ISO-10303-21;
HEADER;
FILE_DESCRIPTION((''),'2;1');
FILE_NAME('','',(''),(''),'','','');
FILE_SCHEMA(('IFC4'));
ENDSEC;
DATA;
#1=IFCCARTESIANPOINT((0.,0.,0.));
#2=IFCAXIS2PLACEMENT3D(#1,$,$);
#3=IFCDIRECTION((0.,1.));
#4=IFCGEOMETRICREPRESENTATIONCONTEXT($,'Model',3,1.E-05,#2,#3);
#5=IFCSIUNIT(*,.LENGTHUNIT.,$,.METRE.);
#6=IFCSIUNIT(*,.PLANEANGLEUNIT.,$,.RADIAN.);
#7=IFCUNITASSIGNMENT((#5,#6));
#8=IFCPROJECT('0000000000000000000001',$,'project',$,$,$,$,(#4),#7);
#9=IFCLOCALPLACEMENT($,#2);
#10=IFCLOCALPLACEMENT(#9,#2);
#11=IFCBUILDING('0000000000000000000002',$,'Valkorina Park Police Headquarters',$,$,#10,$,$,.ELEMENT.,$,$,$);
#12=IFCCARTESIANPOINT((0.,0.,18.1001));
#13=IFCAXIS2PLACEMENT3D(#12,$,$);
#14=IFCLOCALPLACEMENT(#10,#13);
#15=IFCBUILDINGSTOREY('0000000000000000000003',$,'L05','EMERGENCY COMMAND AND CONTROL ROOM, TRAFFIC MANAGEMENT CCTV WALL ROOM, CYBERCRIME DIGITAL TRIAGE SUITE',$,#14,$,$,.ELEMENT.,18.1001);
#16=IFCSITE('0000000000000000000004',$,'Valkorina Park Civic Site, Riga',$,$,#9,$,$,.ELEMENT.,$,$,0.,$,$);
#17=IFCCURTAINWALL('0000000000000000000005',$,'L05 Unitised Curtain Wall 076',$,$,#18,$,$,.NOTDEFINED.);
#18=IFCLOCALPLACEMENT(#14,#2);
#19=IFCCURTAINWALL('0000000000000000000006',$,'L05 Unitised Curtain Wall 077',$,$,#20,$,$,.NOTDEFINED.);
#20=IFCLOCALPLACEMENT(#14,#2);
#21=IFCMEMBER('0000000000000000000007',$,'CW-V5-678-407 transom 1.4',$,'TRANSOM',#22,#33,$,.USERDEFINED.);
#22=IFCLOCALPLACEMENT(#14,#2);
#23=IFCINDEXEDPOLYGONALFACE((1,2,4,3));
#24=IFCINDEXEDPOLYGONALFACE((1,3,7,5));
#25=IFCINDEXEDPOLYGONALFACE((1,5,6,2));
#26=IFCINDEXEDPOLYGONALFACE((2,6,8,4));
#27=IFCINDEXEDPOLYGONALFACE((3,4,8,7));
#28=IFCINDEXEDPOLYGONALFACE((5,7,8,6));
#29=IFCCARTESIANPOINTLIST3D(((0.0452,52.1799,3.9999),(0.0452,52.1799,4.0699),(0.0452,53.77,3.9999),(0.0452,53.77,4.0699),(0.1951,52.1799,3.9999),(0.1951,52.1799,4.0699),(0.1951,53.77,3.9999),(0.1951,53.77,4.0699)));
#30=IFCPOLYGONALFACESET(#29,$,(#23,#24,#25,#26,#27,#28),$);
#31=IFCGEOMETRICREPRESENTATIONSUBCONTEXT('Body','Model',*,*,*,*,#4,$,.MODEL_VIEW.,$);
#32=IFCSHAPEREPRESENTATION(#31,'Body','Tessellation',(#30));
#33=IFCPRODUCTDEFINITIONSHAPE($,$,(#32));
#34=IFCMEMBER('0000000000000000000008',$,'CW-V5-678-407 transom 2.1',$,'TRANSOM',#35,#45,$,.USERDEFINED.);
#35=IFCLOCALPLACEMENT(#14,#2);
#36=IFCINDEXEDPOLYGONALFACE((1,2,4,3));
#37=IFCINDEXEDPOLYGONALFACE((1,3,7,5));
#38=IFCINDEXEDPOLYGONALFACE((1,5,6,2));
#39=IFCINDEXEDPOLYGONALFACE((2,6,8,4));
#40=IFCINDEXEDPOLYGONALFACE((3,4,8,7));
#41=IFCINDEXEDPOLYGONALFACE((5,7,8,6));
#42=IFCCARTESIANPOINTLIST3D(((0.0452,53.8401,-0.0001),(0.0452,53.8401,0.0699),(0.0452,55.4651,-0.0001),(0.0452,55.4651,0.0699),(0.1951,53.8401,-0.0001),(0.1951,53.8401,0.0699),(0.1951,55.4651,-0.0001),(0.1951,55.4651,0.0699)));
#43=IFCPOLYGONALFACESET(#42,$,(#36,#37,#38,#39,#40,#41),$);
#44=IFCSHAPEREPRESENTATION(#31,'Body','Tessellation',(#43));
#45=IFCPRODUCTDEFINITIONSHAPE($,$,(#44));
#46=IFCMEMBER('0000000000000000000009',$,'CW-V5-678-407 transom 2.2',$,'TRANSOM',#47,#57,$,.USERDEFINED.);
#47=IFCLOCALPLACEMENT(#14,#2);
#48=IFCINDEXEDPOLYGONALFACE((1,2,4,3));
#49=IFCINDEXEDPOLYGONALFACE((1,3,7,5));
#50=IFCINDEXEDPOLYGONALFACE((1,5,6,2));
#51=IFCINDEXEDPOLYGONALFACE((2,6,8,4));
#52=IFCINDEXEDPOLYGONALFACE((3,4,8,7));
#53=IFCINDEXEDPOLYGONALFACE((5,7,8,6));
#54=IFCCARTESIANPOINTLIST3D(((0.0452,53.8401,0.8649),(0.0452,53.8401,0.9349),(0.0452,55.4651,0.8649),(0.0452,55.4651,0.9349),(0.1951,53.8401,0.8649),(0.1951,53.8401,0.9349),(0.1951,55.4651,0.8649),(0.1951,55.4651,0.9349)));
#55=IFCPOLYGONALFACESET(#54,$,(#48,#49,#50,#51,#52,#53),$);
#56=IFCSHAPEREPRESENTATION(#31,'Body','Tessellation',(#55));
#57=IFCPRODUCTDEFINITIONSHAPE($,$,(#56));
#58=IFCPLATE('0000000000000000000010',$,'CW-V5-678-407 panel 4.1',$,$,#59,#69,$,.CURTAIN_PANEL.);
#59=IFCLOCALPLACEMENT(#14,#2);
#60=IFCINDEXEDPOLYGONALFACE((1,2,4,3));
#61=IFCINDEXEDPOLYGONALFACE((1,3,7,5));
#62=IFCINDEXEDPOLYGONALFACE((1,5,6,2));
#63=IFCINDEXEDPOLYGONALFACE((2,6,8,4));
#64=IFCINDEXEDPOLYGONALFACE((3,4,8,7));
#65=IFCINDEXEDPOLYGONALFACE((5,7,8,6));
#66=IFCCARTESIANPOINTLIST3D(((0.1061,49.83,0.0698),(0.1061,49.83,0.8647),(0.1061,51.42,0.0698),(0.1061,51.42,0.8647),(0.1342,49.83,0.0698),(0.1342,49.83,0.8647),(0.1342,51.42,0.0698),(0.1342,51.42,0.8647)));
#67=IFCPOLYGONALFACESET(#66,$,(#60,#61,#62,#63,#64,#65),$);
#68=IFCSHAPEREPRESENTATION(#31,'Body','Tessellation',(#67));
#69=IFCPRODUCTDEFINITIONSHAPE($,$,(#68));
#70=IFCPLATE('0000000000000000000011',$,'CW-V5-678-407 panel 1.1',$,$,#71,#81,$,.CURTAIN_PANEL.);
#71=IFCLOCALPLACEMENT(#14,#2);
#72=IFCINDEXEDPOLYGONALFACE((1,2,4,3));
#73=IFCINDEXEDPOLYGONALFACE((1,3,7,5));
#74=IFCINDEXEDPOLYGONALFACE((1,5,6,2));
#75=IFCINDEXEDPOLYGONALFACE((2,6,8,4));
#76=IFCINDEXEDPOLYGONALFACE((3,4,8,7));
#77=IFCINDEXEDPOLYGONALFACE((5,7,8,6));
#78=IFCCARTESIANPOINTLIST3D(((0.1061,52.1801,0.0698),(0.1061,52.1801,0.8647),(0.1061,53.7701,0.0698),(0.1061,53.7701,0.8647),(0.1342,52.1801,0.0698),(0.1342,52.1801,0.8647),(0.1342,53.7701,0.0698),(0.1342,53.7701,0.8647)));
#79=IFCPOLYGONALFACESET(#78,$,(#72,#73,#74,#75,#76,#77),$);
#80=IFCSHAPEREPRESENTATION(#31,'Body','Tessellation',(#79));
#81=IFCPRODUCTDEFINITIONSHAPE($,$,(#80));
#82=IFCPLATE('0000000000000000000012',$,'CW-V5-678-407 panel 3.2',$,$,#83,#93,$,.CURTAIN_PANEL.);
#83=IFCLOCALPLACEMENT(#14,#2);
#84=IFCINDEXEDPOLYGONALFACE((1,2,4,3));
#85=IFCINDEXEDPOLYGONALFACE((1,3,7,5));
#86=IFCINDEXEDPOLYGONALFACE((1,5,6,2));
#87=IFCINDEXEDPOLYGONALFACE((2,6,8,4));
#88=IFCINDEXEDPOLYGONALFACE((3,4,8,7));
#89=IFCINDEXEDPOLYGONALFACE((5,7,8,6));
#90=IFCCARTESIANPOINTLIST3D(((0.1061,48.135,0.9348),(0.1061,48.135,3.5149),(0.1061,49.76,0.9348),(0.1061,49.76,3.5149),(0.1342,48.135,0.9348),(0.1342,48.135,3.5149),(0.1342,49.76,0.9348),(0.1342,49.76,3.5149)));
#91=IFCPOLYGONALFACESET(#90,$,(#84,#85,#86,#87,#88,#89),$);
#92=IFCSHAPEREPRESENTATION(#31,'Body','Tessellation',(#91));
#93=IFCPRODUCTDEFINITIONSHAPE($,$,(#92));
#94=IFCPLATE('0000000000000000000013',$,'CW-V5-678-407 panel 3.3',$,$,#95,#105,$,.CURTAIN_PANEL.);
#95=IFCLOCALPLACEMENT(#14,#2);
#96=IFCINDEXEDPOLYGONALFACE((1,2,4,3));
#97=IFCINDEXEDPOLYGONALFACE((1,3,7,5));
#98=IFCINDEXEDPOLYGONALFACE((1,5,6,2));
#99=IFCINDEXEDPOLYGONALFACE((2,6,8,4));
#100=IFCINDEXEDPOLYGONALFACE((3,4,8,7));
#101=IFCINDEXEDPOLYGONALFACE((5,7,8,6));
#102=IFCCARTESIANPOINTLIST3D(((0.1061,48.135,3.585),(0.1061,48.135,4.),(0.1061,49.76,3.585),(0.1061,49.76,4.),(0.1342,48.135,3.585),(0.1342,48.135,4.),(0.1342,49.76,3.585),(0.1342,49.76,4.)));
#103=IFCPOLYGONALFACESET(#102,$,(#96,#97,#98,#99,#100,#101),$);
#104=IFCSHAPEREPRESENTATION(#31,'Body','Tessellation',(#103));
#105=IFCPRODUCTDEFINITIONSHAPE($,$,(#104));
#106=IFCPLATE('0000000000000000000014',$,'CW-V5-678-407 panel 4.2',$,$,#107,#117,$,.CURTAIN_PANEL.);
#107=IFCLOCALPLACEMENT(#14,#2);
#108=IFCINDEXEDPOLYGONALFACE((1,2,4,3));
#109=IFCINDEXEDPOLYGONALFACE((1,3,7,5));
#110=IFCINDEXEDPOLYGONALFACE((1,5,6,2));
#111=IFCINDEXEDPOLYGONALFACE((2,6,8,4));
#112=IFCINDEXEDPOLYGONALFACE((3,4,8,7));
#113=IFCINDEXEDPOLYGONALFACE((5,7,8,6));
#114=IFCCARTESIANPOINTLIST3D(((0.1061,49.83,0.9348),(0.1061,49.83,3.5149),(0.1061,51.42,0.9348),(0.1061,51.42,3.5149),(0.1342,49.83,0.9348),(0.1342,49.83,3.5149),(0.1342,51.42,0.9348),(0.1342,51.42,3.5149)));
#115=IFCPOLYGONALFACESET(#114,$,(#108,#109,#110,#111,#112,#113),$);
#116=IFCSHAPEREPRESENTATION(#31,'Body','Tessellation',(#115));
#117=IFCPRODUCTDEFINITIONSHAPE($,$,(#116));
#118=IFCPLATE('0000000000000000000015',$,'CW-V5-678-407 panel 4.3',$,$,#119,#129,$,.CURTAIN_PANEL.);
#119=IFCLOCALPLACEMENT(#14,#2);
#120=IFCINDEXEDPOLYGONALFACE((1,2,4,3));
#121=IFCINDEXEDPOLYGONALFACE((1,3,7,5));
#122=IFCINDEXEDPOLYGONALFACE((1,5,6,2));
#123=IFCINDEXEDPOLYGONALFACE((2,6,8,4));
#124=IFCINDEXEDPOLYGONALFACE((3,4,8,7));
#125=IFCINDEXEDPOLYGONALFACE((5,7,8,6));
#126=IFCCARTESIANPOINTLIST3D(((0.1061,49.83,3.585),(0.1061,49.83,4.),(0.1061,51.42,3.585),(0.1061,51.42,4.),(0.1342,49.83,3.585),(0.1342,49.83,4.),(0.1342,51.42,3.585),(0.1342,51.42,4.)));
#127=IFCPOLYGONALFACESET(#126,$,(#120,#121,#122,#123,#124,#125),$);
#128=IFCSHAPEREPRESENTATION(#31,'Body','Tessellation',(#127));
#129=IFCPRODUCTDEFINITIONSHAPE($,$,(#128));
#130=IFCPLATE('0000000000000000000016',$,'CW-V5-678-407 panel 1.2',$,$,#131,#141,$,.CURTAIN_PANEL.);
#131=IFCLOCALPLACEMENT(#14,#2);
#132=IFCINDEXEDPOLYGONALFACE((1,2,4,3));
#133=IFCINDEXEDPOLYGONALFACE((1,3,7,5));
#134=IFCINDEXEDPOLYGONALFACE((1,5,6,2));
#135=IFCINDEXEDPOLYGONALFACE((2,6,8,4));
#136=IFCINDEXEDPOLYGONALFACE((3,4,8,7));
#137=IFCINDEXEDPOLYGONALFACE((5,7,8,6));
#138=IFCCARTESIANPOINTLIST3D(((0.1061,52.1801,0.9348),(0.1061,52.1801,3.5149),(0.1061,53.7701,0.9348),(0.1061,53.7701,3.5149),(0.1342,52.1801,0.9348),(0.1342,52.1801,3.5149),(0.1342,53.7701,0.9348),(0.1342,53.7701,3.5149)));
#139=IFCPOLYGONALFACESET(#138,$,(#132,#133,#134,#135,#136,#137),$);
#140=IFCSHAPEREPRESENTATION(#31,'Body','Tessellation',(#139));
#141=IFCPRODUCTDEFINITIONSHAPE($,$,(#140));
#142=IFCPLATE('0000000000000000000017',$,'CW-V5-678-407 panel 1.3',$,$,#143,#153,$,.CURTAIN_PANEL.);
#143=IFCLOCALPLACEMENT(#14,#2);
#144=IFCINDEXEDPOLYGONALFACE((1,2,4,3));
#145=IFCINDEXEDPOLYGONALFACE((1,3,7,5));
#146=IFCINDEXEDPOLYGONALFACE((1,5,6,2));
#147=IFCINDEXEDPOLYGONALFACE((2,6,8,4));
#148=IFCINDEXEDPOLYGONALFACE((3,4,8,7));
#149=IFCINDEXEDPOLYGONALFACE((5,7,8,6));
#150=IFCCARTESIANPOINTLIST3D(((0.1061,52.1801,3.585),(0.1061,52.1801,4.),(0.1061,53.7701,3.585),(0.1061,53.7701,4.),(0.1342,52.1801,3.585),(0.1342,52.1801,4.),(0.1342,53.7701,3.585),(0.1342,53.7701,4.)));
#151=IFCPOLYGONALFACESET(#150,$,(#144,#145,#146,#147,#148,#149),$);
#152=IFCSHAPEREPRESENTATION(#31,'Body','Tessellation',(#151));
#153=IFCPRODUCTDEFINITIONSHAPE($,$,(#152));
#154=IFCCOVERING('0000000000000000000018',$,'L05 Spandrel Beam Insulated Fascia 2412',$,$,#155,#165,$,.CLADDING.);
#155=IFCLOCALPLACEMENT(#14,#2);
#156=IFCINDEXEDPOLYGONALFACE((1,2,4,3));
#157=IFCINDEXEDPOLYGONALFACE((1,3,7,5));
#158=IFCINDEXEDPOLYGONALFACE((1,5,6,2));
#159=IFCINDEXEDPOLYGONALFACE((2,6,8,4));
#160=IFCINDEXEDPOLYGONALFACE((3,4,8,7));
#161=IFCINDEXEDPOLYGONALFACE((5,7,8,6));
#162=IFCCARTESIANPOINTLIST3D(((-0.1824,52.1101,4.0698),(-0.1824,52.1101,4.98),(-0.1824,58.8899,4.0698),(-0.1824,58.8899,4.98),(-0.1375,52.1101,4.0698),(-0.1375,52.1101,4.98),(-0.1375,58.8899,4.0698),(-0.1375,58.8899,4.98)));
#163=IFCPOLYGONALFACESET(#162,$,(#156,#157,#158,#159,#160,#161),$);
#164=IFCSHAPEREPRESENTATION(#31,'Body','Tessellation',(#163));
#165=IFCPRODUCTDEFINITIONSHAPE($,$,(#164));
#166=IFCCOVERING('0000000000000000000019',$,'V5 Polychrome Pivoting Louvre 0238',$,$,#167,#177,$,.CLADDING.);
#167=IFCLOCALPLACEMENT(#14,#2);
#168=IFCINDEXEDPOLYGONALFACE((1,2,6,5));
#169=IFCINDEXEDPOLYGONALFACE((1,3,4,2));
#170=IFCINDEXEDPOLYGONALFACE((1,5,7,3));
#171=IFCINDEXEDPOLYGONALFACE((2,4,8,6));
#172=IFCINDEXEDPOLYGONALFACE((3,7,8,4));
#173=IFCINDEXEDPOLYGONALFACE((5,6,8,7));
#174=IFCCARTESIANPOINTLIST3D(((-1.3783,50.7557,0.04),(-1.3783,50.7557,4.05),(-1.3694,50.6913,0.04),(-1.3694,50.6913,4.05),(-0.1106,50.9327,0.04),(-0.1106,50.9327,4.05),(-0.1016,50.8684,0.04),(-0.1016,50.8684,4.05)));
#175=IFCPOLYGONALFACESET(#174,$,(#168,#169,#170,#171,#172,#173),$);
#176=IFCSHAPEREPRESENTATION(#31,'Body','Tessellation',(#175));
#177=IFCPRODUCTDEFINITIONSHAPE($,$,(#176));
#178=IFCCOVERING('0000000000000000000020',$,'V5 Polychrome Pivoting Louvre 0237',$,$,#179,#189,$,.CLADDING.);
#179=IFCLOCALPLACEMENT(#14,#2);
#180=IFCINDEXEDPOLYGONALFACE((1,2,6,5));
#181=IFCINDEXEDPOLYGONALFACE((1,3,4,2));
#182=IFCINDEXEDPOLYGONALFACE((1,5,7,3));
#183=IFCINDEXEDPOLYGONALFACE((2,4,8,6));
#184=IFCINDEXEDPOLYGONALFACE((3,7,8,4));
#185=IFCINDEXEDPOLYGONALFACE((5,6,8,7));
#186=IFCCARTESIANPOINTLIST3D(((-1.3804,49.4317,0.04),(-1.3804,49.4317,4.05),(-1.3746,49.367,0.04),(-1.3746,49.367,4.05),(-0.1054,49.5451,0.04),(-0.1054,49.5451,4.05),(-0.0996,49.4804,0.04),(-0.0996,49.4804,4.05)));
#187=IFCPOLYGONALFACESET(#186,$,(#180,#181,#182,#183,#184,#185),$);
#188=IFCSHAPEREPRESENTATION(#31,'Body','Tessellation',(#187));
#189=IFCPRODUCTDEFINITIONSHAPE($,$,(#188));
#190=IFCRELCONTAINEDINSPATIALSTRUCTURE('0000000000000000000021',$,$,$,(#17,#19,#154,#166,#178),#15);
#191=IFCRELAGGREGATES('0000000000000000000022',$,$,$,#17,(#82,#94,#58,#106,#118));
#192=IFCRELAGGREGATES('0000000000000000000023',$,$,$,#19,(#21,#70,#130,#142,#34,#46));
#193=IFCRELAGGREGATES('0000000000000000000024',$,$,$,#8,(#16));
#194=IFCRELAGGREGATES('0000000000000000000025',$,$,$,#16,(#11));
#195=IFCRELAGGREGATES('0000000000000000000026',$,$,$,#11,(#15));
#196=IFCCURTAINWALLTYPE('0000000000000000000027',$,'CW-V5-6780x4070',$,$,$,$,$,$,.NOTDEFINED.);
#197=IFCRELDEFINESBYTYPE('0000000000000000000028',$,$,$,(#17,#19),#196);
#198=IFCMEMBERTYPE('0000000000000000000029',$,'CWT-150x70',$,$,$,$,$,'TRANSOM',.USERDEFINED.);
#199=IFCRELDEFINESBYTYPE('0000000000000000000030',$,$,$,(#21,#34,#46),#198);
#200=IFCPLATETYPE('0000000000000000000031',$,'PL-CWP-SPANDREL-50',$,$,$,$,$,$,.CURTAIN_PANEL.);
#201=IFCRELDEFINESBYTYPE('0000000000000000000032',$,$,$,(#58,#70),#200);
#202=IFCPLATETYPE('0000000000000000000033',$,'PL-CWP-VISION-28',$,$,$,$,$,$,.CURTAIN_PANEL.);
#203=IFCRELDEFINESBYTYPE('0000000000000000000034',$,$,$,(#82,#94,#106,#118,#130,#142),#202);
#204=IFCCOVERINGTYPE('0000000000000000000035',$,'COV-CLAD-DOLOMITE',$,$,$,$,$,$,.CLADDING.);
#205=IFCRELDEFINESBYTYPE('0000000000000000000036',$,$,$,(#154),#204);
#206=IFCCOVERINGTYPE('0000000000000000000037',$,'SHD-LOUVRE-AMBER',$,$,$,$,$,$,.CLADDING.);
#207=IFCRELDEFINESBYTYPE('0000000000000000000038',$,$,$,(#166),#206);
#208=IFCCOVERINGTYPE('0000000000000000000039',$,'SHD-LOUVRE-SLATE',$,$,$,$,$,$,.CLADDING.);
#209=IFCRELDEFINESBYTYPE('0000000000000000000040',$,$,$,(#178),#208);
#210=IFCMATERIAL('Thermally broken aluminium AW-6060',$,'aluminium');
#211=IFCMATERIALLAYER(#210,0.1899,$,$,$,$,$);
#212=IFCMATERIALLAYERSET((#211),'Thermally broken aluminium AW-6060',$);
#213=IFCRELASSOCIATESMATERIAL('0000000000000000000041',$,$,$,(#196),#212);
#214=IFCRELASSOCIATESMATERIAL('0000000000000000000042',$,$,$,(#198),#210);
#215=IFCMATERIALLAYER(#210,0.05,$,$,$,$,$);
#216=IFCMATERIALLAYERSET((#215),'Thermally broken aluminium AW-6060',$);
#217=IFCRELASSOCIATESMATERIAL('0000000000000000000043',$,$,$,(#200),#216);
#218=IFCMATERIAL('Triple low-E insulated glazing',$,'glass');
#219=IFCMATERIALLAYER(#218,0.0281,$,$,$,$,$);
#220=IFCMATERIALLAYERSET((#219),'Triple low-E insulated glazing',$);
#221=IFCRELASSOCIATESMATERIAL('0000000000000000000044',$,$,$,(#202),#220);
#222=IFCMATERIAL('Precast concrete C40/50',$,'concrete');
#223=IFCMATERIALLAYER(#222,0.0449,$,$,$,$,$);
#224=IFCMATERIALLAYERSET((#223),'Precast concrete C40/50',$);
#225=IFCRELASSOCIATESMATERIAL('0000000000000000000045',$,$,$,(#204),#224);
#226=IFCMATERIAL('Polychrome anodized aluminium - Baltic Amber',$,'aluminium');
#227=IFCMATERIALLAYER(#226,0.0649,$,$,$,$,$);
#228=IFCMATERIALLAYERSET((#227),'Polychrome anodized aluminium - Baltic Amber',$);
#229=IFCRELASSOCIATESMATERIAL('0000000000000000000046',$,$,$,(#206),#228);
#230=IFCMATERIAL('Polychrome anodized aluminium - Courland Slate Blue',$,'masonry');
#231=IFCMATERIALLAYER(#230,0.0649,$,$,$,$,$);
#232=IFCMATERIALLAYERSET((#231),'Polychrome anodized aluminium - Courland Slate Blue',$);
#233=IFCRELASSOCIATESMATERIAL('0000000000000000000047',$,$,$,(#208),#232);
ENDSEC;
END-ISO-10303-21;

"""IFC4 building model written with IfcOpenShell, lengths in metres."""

from ifc_helpers import new_model, si_unit, direction, frame, frame_2d, origin, origin_2d, place, context, subcontext, project, spatial, rectangle, extrude, material, layer, layer_set, material_profile, profile_set, type_object, element, aggregate, save


model = new_model("IFC4")

# Units and contexts
model_context = context("Model", 3, precision=1e-05, world=origin(), true_north=direction((0.0, 1.0)))
body_context = subcontext(model_context, "Body", "Model", "MODEL_VIEW")
ifc_project = project(units=[si_unit("LENGTHUNIT", "METRE"), si_unit("PLANEANGLEUNIT", "RADIAN")], contexts=[model_context])

# Site, building, storey
site_placement = place(None, origin())
site = spatial("IfcSite", under=ifc_project, at=site_placement, Name="Valkorina Park Civic Site, Riga", CompositionType="ELEMENT", RefElevation=0.0)
building_placement = place(site_placement, origin())
building = spatial("IfcBuilding", under=site, at=building_placement, Name="Valkorina Park Police Headquarters", CompositionType="ELEMENT")
storey_placement = place(building_placement, frame((0.0, 0.0, 18.1001)))
storey = spatial("IfcBuildingStorey", under=building, at=storey_placement, Name="L05", Description="EMERGENCY COMMAND AND CONTROL ROOM, TRAFFIC MANAGEMENT CCTV WALL ROOM, CYBERCRIME DIGITAL TRIAGE SUITE", CompositionType="ELEMENT", Elevation=18.1001)

# Curtain walls
ifc_material_1 = material(Name="Thermally broken aluminium AW-6060", Category="aluminium")
ifc_layer_1 = layer(ifc_material_1, 0.1899)
ifc_layer_set_1 = layer_set([ifc_layer_1], Name="Thermally broken aluminium AW-6060")
curtain_wall_type = type_object("IfcCurtainWallType", Name="CW-V5-6780x4070", PredefinedType="NOTDEFINED", material=ifc_layer_set_1)
curtain_wall_1_placement = place(storey_placement, origin())
curtain_wall_1 = element("IfcCurtainWall", 1, at=curtain_wall_1_placement, inside=storey, type_object=curtain_wall_type, Name="L05 Unitised Curtain Wall 076", PredefinedType="NOTDEFINED")
curtain_wall_2_placement = place(storey_placement, origin())
curtain_wall_2 = element("IfcCurtainWall", 2, at=curtain_wall_2_placement, inside=storey, type_object=curtain_wall_type, Name="L05 Unitised Curtain Wall 077", PredefinedType="NOTDEFINED")

# Members
ifc_material_profile_1 = material_profile(ifc_material_1, rectangle(XDim=0.1499, YDim=0.0701, at=origin_2d()), Name="CWT-02 150x70")
ifc_profile_set_1 = profile_set([ifc_material_profile_1], Name="Thermally broken aluminium AW-6060")
member_type_1 = type_object("IfcMemberType", Name="CWT-150x70", ElementType="TRANSOM", PredefinedType="USERDEFINED", material=ifc_profile_set_1)
member_1_placement = place(storey_placement, frame((0.1201, 52.1799, 4.0349), z_axis=(0.0, 1.0, 0.0), x_axis=(-1.0, 0.0, 0.0)))
member_1 = element("IfcMember", 3, at=member_1_placement, type_object=member_type_1, Name="CW-V5-678-407 transom 1.4", ObjectType="TRANSOM", PredefinedType="USERDEFINED", context=body_context, shape_type="SweptSolid", body=[
    extrude(rectangle(XDim=0.1499, YDim=0.0701, at=origin_2d()), origin(), (0.0, 0.0, 1.0), 1.5901),
])
member_2_placement = place(storey_placement, frame((0.1201, 53.8401, 0.0349), z_axis=(0.0, 1.0, 0.0), x_axis=(-1.0, 0.0, 0.0)))
member_2 = element("IfcMember", 4, at=member_2_placement, type_object=member_type_1, Name="CW-V5-678-407 transom 2.1", ObjectType="TRANSOM", PredefinedType="USERDEFINED", context=body_context, shape_type="SweptSolid", body=[
    extrude(rectangle(XDim=0.1499, YDim=0.0701, at=origin_2d()), origin(), (0.0, 0.0, 1.0), 1.625),
])
member_3_placement = place(storey_placement, frame((0.1201, 53.8401, 0.8999), z_axis=(0.0, 1.0, 0.0), x_axis=(-1.0, 0.0, 0.0)))
member_3 = element("IfcMember", 5, at=member_3_placement, type_object=member_type_1, Name="CW-V5-678-407 transom 2.2", ObjectType="TRANSOM", PredefinedType="USERDEFINED", context=body_context, shape_type="SweptSolid", body=[
    extrude(rectangle(XDim=0.1499, YDim=0.0701, at=origin_2d()), origin(), (0.0, 0.0, 1.0), 1.625),
])

# Plates
ifc_layer_2 = layer(ifc_material_1, 0.05)
ifc_layer_set_2 = layer_set([ifc_layer_2], Name="Thermally broken aluminium AW-6060")
plate_type_1 = type_object("IfcPlateType", Name="PL-CWP-SPANDREL-50", PredefinedType="CURTAIN_PANEL", material=ifc_layer_set_2)
plate_1_placement = place(storey_placement, frame((0.1201, 50.625, 0.0698), z_axis=(0.0, 0.0, 1.0), x_axis=(0.0, 1.0, 0.0)))
plate_1 = element("IfcPlate", 6, at=plate_1_placement, type_object=plate_type_1, Name="CW-V5-678-407 panel 4.1", PredefinedType="CURTAIN_PANEL", context=body_context, shape_type="SweptSolid", body=[
    extrude(rectangle(XDim=1.5901, YDim=0.0281, at=origin_2d()), origin(), (0.0, 0.0, 1.0), 0.7949),
])
plate_2_placement = place(storey_placement, frame((0.1201, 52.9751, 0.0698), z_axis=(0.0, 0.0, 1.0), x_axis=(0.0, 1.0, 0.0)))
plate_2 = element("IfcPlate", 7, at=plate_2_placement, type_object=plate_type_1, Name="CW-V5-678-407 panel 1.1", PredefinedType="CURTAIN_PANEL", context=body_context, shape_type="SweptSolid", body=[
    extrude(rectangle(XDim=1.5901, YDim=0.0281, at=origin_2d()), origin(), (0.0, 0.0, 1.0), 0.7949),
])
ifc_material_2 = material(Name="Triple low-E insulated glazing", Category="glass")
ifc_layer_3 = layer(ifc_material_2, 0.0281)
ifc_layer_set_3 = layer_set([ifc_layer_3], Name="Triple low-E insulated glazing")
plate_type_2 = type_object("IfcPlateType", Name="PL-CWP-VISION-28", PredefinedType="CURTAIN_PANEL", material=ifc_layer_set_3)
plate_3_placement = place(storey_placement, frame((0.1201, 48.9475, 0.9348), z_axis=(0.0, 0.0, 1.0), x_axis=(0.0, 1.0, 0.0)))
plate_3 = element("IfcPlate", 8, at=plate_3_placement, type_object=plate_type_2, Name="CW-V5-678-407 panel 3.2", PredefinedType="CURTAIN_PANEL", context=body_context, shape_type="SweptSolid", body=[
    extrude(rectangle(XDim=1.625, YDim=0.0281, at=origin_2d()), origin(), (0.0, 0.0, 1.0), 2.5801),
])
plate_4_placement = place(storey_placement, frame((0.1201, 48.9475, 3.585), z_axis=(0.0, 0.0, 1.0), x_axis=(0.0, 1.0, 0.0)))
plate_4 = element("IfcPlate", 9, at=plate_4_placement, type_object=plate_type_2, Name="CW-V5-678-407 panel 3.3", PredefinedType="CURTAIN_PANEL", context=body_context, shape_type="SweptSolid", body=[
    extrude(rectangle(XDim=1.625, YDim=0.0281, at=origin_2d()), origin(), (0.0, 0.0, 1.0), 0.415),
])
plate_5_placement = place(storey_placement, frame((0.1201, 50.625, 0.9348), z_axis=(0.0, 0.0, 1.0), x_axis=(0.0, 1.0, 0.0)))
plate_5 = element("IfcPlate", 10, at=plate_5_placement, type_object=plate_type_2, Name="CW-V5-678-407 panel 4.2", PredefinedType="CURTAIN_PANEL", context=body_context, shape_type="SweptSolid", body=[
    extrude(rectangle(XDim=1.5901, YDim=0.0281, at=origin_2d()), origin(), (0.0, 0.0, 1.0), 2.5801),
])
plate_6_placement = place(storey_placement, frame((0.1201, 50.625, 3.585), z_axis=(0.0, 0.0, 1.0), x_axis=(0.0, 1.0, 0.0)))
plate_6 = element("IfcPlate", 11, at=plate_6_placement, type_object=plate_type_2, Name="CW-V5-678-407 panel 4.3", PredefinedType="CURTAIN_PANEL", context=body_context, shape_type="SweptSolid", body=[
    extrude(rectangle(XDim=1.5901, YDim=0.0281, at=origin_2d()), origin(), (0.0, 0.0, 1.0), 0.415),
])
aggregate(curtain_wall_1, [plate_3, plate_4, plate_1, plate_5, plate_6])
plate_7_placement = place(storey_placement, frame((0.1201, 52.9751, 0.9348), z_axis=(0.0, 0.0, 1.0), x_axis=(0.0, 1.0, 0.0)))
plate_7 = element("IfcPlate", 12, at=plate_7_placement, type_object=plate_type_2, Name="CW-V5-678-407 panel 1.2", PredefinedType="CURTAIN_PANEL", context=body_context, shape_type="SweptSolid", body=[
    extrude(rectangle(XDim=1.5901, YDim=0.0281, at=origin_2d()), origin(), (0.0, 0.0, 1.0), 2.5801),
])
plate_8_placement = place(storey_placement, frame((0.1201, 52.9751, 3.585), z_axis=(0.0, 0.0, 1.0), x_axis=(0.0, 1.0, 0.0)))
plate_8 = element("IfcPlate", 13, at=plate_8_placement, type_object=plate_type_2, Name="CW-V5-678-407 panel 1.3", PredefinedType="CURTAIN_PANEL", context=body_context, shape_type="SweptSolid", body=[
    extrude(rectangle(XDim=1.5901, YDim=0.0281, at=origin_2d()), origin(), (0.0, 0.0, 1.0), 0.415),
])
aggregate(curtain_wall_2, [member_1, plate_2, plate_7, plate_8, member_2, member_3])

# Coverings
ifc_material_3 = material(Name="Precast concrete C40/50", Category="concrete")
ifc_layer_4 = layer(ifc_material_3, 0.0449)
ifc_layer_set_4 = layer_set([ifc_layer_4], Name="Precast concrete C40/50")
covering_type_1 = type_object("IfcCoveringType", Name="COV-CLAD-DOLOMITE", PredefinedType="CLADDING", material=ifc_layer_set_4)
covering_1_placement = place(storey_placement, frame((-0.1599, 52.1101, 4.0698), z_axis=(0.0, 0.0, 1.0), x_axis=(0.0, 1.0, 0.0)))
element("IfcCovering", 14, at=covering_1_placement, inside=storey, type_object=covering_type_1, Name="L05 Spandrel Beam Insulated Fascia 2412", PredefinedType="CLADDING", context=body_context, shape_type="SweptSolid", body=[
    extrude(rectangle(XDim=6.7798, YDim=0.0449, at=frame_2d((3.3899, 0.0))), origin(), (0.0, 0.0, 1.0), 0.9102),
])
ifc_material_4 = material(Name="Polychrome anodized aluminium - Baltic Amber", Category="aluminium")
ifc_layer_5 = layer(ifc_material_4, 0.0649)
ifc_layer_set_5 = layer_set([ifc_layer_5], Name="Polychrome anodized aluminium - Baltic Amber")
covering_type_2 = type_object("IfcCoveringType", Name="SHD-LOUVRE-AMBER", PredefinedType="CLADDING", material=ifc_layer_set_5)
covering_2_placement = place(storey_placement, frame((-0.74, 50.812, 0.04), z_axis=(0.0, 0.0, 1.0), x_axis=(-0.990389, -0.138309, 0.0)))
element("IfcCovering", 15, at=covering_2_placement, inside=storey, type_object=covering_type_2, Name="V5 Polychrome Pivoting Louvre 0238", PredefinedType="CLADDING", context=body_context, shape_type="SweptSolid", body=[
    extrude(rectangle(XDim=1.28, YDim=0.0649, at=origin_2d()), origin(), (0.0, 0.0, 1.0), 4.01),
])
ifc_material_5 = material(Name="Polychrome anodized aluminium - Courland Slate Blue", Category="masonry")
ifc_layer_6 = layer(ifc_material_5, 0.0649)
ifc_layer_set_6 = layer_set([ifc_layer_6], Name="Polychrome anodized aluminium - Courland Slate Blue")
covering_type_3 = type_object("IfcCoveringType", Name="SHD-LOUVRE-SLATE", PredefinedType="CLADDING", material=ifc_layer_set_6)
covering_3_placement = place(storey_placement, frame((-0.74, 49.4561, 0.04), z_axis=(0.0, 0.0, 1.0), x_axis=(-0.996072, -0.088547, 0.0)))
element("IfcCovering", 16, at=covering_3_placement, inside=storey, type_object=covering_type_3, Name="V5 Polychrome Pivoting Louvre 0237", PredefinedType="CLADDING", context=body_context, shape_type="SweptSolid", body=[
    extrude(rectangle(XDim=1.28, YDim=0.0649, at=origin_2d()), origin(), (0.0, 0.0, 1.0), 4.01),
])

save(model, "model.ifc")
